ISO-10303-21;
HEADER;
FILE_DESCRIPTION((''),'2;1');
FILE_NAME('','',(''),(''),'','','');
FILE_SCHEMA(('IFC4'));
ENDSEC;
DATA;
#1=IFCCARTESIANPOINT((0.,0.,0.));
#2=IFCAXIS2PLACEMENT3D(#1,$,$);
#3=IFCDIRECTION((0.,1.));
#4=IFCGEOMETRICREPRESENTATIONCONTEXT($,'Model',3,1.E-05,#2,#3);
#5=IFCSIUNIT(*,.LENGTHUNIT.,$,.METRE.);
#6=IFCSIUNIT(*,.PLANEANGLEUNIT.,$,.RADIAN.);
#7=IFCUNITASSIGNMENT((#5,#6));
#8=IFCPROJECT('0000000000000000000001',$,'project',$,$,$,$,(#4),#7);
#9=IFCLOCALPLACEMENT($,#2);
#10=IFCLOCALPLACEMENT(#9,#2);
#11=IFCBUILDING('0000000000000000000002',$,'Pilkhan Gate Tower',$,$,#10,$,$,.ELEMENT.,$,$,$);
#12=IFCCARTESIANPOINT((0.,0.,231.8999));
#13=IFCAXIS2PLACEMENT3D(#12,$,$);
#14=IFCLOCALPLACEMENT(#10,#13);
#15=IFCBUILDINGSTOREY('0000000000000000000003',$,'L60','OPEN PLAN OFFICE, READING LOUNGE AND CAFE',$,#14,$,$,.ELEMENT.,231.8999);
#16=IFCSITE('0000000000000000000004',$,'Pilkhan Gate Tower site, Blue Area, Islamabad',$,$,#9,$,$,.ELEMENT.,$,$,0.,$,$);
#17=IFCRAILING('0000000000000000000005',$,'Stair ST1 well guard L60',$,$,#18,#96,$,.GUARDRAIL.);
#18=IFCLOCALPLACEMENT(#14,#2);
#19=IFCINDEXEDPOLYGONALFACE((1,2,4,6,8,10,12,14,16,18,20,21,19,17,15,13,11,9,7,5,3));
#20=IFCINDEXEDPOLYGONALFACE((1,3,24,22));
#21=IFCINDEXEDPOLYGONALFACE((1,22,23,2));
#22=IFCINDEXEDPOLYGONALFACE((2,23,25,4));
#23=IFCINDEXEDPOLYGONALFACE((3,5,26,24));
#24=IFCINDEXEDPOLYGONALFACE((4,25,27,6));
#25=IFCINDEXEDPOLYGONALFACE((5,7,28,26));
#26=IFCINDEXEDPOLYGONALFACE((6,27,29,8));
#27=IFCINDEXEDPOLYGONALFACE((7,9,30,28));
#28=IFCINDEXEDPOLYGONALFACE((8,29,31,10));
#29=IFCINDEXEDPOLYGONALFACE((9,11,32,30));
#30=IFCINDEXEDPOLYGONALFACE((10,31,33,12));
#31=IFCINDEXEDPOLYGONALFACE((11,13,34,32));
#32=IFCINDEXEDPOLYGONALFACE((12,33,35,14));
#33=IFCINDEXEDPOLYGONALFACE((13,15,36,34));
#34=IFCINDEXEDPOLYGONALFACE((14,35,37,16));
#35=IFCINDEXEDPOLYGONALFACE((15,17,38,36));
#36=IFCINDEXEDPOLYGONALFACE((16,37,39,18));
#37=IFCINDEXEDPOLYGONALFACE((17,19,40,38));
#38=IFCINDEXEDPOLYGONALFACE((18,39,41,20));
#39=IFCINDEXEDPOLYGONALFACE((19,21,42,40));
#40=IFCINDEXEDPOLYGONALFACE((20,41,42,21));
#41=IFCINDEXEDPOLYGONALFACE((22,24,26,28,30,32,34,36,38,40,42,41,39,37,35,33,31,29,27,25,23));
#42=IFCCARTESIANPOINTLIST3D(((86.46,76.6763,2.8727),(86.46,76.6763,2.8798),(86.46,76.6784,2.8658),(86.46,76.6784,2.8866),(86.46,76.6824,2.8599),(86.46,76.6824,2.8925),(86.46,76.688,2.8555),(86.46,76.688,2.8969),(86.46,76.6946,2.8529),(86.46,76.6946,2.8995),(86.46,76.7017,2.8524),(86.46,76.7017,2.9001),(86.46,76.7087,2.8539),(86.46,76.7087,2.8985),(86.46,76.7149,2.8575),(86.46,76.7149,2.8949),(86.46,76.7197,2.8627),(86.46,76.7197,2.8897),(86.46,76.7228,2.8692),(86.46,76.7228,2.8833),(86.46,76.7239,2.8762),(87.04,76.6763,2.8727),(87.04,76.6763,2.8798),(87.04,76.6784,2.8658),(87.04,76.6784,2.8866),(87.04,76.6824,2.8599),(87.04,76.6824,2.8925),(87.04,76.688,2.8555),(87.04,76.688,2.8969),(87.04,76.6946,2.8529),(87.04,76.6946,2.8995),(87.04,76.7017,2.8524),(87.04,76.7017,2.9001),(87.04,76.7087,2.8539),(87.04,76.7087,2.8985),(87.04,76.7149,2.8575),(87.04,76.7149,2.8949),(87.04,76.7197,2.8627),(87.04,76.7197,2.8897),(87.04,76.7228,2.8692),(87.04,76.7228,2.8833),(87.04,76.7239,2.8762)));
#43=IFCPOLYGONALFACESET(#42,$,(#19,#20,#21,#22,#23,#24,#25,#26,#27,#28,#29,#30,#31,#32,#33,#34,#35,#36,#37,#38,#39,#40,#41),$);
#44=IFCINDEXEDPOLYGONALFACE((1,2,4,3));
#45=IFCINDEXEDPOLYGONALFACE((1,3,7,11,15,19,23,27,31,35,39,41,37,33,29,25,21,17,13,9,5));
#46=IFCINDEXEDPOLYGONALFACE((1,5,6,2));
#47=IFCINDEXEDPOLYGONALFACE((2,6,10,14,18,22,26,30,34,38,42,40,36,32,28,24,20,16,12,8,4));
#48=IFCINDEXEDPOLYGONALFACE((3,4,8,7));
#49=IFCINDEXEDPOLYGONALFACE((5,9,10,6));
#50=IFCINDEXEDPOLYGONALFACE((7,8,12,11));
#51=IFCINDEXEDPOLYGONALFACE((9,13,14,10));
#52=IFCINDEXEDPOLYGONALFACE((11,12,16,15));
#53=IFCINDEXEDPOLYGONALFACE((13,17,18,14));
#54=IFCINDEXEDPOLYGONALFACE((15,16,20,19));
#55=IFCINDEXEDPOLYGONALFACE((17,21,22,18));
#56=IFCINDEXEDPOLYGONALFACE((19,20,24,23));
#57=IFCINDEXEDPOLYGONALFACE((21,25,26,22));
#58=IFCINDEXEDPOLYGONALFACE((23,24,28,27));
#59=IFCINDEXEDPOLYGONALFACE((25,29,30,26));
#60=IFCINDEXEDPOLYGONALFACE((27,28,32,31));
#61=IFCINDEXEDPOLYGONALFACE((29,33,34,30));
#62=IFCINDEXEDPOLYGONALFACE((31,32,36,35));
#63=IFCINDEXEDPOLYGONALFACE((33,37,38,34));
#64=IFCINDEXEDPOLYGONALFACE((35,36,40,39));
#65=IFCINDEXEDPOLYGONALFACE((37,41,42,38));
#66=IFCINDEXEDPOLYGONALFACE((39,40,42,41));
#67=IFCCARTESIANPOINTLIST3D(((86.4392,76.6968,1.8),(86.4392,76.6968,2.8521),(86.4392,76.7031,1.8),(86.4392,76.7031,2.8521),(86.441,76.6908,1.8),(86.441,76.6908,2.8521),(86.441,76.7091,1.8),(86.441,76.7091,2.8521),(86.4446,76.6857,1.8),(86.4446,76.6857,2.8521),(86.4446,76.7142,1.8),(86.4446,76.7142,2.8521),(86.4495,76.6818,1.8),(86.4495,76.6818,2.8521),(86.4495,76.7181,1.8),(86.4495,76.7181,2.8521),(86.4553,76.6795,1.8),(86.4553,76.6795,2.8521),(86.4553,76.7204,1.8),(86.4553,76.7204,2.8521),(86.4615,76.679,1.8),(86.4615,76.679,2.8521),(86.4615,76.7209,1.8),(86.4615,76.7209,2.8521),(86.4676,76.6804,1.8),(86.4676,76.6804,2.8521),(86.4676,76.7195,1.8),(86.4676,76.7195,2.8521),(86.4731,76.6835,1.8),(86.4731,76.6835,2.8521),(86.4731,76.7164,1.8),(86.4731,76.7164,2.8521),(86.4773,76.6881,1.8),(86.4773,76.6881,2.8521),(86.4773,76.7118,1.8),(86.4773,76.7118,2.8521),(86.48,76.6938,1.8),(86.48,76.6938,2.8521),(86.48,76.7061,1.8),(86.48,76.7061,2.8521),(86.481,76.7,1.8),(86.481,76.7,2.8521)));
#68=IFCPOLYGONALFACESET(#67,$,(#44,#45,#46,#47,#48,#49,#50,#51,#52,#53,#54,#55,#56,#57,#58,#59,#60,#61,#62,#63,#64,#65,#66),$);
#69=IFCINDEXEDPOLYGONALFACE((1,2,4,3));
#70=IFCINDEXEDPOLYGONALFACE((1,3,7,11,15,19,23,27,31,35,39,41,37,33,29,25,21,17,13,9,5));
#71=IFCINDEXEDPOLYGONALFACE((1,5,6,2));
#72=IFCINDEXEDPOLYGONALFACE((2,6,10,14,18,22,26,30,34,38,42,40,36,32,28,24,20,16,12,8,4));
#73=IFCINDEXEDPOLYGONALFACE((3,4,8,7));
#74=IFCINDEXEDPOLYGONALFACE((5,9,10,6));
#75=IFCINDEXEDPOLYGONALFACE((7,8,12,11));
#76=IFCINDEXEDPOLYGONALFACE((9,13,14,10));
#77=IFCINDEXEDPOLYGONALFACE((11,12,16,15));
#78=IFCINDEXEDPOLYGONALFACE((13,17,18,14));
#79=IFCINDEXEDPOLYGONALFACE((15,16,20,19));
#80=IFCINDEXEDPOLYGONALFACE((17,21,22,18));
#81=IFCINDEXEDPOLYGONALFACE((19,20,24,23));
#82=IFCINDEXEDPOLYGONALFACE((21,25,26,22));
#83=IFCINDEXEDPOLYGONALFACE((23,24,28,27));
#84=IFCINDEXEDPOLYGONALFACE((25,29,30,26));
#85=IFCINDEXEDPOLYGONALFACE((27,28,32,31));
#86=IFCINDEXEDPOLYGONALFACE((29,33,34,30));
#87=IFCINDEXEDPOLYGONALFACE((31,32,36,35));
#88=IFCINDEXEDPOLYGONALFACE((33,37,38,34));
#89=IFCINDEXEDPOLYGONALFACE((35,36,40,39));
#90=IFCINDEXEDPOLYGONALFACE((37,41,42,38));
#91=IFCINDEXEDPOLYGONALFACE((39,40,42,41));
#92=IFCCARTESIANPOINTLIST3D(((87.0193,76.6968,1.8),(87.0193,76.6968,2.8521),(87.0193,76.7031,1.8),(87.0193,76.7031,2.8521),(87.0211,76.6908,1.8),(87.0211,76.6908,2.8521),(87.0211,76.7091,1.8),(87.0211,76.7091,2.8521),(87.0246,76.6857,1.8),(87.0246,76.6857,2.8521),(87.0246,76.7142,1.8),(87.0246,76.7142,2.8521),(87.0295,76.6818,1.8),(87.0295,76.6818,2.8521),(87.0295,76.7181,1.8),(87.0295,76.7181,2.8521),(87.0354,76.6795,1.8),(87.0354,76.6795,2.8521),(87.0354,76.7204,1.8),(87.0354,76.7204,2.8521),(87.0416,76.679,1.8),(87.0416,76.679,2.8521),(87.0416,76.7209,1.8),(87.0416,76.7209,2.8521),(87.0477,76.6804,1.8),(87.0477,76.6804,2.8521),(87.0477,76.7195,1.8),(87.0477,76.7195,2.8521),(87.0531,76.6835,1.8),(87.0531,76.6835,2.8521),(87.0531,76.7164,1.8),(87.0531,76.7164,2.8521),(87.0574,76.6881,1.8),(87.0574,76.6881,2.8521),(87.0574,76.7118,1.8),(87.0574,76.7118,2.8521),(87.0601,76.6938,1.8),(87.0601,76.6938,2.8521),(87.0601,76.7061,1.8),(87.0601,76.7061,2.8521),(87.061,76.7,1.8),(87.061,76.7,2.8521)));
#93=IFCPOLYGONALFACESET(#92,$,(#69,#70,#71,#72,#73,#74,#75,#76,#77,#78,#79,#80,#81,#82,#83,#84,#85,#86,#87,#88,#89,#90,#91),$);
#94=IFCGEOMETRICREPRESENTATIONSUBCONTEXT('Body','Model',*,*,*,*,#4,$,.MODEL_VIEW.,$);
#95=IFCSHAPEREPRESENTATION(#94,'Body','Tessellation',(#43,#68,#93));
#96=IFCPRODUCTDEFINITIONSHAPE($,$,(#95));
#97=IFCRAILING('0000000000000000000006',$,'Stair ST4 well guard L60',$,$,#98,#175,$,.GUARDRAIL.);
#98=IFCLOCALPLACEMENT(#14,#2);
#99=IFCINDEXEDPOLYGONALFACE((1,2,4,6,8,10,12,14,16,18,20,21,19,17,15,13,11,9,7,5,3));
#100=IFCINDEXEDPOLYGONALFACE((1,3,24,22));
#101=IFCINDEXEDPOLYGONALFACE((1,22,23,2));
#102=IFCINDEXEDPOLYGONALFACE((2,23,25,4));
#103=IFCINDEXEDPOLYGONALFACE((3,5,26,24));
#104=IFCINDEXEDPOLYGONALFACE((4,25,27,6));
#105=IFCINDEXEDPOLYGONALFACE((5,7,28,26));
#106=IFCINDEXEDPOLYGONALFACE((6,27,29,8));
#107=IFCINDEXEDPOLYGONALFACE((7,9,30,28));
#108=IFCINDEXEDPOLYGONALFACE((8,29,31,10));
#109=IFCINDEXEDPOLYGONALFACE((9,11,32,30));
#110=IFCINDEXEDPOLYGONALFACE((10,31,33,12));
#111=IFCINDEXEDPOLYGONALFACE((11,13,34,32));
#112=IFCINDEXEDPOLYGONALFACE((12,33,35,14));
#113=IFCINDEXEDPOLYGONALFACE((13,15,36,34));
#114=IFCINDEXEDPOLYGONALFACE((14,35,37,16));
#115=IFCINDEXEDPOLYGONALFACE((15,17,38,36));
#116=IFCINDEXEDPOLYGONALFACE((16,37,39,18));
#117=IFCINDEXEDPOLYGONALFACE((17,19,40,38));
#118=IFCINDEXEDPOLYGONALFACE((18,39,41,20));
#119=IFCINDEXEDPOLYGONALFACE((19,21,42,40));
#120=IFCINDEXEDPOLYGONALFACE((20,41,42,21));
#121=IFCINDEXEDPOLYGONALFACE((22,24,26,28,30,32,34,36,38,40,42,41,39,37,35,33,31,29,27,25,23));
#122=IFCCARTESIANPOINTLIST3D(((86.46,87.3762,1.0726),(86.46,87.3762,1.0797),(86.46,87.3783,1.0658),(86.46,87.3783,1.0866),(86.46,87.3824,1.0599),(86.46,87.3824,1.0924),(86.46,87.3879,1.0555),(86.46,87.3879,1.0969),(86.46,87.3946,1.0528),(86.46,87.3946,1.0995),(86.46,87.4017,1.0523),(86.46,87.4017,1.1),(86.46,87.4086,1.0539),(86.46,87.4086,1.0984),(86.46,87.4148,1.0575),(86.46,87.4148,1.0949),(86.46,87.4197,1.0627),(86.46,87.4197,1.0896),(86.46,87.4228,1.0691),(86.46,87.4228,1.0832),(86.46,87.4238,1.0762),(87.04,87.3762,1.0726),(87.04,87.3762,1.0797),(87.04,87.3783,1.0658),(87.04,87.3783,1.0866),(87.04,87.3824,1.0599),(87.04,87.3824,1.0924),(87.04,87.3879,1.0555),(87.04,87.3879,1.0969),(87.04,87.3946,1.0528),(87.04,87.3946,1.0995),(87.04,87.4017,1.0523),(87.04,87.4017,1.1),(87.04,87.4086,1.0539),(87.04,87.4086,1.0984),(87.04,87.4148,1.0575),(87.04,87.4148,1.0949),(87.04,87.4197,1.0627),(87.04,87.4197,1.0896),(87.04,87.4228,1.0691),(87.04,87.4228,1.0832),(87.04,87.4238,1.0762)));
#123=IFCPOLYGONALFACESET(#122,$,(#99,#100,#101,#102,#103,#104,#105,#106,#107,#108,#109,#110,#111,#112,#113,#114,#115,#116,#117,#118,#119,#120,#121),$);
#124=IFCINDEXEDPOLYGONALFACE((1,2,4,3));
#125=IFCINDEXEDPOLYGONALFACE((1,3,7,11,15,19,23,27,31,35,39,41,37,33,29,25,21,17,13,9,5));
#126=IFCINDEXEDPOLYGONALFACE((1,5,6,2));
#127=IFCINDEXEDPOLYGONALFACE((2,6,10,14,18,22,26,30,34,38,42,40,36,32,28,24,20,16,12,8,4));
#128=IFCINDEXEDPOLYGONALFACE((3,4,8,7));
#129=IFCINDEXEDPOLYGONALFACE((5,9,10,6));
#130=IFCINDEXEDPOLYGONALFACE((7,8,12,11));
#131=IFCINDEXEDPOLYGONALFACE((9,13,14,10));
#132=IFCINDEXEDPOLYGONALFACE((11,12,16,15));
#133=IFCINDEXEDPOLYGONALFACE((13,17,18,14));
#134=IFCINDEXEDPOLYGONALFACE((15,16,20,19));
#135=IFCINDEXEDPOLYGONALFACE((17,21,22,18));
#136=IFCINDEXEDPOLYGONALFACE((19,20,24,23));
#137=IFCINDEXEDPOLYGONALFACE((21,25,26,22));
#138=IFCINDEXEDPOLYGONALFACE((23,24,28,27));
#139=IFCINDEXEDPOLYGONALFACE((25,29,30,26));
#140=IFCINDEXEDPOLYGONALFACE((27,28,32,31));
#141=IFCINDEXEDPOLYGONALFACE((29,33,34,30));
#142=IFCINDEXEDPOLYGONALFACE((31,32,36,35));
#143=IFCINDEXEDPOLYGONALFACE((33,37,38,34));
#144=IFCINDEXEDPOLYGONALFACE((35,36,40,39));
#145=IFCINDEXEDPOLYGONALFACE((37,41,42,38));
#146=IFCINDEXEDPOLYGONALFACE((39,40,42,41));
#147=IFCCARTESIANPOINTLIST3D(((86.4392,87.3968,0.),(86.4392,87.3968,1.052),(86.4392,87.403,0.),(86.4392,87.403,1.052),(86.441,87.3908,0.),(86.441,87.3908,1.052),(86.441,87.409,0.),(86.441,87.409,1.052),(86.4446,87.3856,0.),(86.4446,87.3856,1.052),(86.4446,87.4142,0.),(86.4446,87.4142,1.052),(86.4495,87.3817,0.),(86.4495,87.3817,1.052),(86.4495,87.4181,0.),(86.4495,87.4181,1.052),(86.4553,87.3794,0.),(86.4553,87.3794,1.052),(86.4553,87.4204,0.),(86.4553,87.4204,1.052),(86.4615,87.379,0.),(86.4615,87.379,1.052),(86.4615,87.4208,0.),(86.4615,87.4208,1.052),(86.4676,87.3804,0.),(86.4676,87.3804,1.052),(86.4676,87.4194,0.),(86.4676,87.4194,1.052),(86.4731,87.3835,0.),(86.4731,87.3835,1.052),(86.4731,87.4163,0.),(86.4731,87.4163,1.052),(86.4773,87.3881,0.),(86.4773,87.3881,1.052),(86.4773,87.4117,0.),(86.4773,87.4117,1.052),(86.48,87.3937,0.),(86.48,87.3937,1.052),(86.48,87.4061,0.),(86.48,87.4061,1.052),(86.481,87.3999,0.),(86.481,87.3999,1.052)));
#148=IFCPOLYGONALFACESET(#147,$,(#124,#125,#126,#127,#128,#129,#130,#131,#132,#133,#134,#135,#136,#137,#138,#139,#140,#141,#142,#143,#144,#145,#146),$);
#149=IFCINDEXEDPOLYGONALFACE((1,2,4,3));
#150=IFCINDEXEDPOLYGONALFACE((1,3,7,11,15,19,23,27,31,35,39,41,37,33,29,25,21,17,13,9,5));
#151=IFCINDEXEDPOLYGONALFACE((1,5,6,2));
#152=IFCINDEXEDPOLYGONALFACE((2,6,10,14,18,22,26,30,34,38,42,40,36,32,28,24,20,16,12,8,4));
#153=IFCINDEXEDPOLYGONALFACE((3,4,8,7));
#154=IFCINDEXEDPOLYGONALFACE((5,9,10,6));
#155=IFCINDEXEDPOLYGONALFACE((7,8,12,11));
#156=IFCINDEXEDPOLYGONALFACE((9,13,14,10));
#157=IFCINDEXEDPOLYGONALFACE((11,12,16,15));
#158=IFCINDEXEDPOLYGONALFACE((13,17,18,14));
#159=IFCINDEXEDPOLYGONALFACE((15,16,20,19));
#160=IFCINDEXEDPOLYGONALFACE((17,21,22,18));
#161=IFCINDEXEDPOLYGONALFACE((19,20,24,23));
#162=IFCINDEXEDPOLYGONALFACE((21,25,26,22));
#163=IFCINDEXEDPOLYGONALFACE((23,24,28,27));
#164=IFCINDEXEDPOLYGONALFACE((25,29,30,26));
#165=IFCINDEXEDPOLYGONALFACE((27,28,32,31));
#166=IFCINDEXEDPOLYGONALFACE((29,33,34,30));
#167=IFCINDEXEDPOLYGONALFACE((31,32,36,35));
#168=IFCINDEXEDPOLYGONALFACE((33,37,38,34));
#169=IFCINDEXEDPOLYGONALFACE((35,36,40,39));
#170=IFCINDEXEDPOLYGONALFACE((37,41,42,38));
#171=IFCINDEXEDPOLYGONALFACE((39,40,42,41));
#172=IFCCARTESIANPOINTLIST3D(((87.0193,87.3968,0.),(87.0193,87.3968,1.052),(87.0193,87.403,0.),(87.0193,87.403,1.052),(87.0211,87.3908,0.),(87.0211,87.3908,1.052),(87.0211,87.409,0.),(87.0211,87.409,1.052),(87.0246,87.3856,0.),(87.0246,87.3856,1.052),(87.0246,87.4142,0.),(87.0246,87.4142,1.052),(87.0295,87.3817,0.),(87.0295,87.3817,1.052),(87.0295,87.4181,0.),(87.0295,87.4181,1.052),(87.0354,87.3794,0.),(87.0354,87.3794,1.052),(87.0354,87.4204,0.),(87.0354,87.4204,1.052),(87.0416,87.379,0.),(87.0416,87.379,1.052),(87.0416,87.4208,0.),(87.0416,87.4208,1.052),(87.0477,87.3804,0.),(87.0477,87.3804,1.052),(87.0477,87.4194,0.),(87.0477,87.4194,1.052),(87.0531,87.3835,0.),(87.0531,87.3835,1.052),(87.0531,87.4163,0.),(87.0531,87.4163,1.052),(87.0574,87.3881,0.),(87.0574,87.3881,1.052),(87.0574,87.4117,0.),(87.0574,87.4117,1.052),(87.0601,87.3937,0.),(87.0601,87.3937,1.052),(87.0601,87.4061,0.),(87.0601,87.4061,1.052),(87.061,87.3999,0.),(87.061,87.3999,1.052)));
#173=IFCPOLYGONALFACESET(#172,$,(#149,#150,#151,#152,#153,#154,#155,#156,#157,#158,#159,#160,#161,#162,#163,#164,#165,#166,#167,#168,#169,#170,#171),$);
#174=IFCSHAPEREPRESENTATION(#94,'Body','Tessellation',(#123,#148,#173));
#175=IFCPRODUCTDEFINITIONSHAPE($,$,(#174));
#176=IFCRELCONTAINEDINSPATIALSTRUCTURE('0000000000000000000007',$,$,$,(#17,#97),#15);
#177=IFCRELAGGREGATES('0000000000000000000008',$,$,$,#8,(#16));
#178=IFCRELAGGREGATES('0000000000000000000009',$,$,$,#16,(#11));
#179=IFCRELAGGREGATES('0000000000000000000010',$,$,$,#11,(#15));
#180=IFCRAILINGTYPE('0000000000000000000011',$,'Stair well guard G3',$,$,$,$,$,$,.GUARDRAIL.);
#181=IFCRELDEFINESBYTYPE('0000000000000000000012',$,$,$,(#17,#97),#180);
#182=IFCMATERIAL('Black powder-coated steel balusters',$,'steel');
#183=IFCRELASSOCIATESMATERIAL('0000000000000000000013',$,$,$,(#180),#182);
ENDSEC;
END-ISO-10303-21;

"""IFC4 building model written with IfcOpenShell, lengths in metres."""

from ifc_helpers import new_model, si_unit, direction, frame, origin, origin_2d, place, context, subcontext, project, spatial, circle, extrude, material, type_object, element, save


model = new_model("IFC4")

# Units and contexts
model_context = context("Model", 3, precision=1e-05, world=origin(), true_north=direction((0.0, 1.0)))
body_context = subcontext(model_context, "Body", "Model", "MODEL_VIEW")
ifc_project = project(units=[si_unit("LENGTHUNIT", "METRE"), si_unit("PLANEANGLEUNIT", "RADIAN")], contexts=[model_context])

# Site, building, storey
site_placement = place(None, origin())
site = spatial("IfcSite", under=ifc_project, at=site_placement, Name="Pilkhan Gate Tower site, Blue Area, Islamabad", CompositionType="ELEMENT", RefElevation=0.0)
building_placement = place(site_placement, origin())
building = spatial("IfcBuilding", under=site, at=building_placement, Name="Pilkhan Gate Tower", CompositionType="ELEMENT")
storey_placement = place(building_placement, frame((0.0, 0.0, 231.8999)))
storey = spatial("IfcBuildingStorey", under=building, at=storey_placement, Name="L60", Description="OPEN PLAN OFFICE, READING LOUNGE AND CAFE", CompositionType="ELEMENT", Elevation=231.8999)

# Railings
ifc_material_1 = material(Name="Black powder-coated steel balusters", Category="steel")
railing_type_1 = type_object("IfcRailingType", Name="Stair well guard G3", PredefinedType="GUARDRAIL", material=ifc_material_1)
for number, where, name in (
    (1, (86.46, 76.7, 1.8), "Stair ST1 well guard L60"),
    (2, (86.46, 87.3999, 0.0), "Stair ST4 well guard L60"),
):
    element("IfcRailing", number, at=place(storey_placement, frame(where)), inside=storey, type_object=railing_type_1, Name=name, PredefinedType="GUARDRAIL", context=body_context, shape_type="SweptSolid", body=[
        extrude(circle(Radius=0.0239, at=origin_2d()), frame((0.0, 0.0, 1.0762), z_axis=(1.0, 0.0, 0.0), x_axis=(0.0, 1.0, 0.0)), (0.0, 0.0, 1.0), 0.5801),
        extrude(circle(Radius=0.021, at=origin_2d()), origin(), (0.0, 0.0, 1.0), 1.052),
        extrude(circle(Radius=0.021, at=origin_2d()), frame((0.5801, 0.0, 0.0)), (0.0, 0.0, 1.0), 1.052),
    ])

save(model, "model.ifc")
